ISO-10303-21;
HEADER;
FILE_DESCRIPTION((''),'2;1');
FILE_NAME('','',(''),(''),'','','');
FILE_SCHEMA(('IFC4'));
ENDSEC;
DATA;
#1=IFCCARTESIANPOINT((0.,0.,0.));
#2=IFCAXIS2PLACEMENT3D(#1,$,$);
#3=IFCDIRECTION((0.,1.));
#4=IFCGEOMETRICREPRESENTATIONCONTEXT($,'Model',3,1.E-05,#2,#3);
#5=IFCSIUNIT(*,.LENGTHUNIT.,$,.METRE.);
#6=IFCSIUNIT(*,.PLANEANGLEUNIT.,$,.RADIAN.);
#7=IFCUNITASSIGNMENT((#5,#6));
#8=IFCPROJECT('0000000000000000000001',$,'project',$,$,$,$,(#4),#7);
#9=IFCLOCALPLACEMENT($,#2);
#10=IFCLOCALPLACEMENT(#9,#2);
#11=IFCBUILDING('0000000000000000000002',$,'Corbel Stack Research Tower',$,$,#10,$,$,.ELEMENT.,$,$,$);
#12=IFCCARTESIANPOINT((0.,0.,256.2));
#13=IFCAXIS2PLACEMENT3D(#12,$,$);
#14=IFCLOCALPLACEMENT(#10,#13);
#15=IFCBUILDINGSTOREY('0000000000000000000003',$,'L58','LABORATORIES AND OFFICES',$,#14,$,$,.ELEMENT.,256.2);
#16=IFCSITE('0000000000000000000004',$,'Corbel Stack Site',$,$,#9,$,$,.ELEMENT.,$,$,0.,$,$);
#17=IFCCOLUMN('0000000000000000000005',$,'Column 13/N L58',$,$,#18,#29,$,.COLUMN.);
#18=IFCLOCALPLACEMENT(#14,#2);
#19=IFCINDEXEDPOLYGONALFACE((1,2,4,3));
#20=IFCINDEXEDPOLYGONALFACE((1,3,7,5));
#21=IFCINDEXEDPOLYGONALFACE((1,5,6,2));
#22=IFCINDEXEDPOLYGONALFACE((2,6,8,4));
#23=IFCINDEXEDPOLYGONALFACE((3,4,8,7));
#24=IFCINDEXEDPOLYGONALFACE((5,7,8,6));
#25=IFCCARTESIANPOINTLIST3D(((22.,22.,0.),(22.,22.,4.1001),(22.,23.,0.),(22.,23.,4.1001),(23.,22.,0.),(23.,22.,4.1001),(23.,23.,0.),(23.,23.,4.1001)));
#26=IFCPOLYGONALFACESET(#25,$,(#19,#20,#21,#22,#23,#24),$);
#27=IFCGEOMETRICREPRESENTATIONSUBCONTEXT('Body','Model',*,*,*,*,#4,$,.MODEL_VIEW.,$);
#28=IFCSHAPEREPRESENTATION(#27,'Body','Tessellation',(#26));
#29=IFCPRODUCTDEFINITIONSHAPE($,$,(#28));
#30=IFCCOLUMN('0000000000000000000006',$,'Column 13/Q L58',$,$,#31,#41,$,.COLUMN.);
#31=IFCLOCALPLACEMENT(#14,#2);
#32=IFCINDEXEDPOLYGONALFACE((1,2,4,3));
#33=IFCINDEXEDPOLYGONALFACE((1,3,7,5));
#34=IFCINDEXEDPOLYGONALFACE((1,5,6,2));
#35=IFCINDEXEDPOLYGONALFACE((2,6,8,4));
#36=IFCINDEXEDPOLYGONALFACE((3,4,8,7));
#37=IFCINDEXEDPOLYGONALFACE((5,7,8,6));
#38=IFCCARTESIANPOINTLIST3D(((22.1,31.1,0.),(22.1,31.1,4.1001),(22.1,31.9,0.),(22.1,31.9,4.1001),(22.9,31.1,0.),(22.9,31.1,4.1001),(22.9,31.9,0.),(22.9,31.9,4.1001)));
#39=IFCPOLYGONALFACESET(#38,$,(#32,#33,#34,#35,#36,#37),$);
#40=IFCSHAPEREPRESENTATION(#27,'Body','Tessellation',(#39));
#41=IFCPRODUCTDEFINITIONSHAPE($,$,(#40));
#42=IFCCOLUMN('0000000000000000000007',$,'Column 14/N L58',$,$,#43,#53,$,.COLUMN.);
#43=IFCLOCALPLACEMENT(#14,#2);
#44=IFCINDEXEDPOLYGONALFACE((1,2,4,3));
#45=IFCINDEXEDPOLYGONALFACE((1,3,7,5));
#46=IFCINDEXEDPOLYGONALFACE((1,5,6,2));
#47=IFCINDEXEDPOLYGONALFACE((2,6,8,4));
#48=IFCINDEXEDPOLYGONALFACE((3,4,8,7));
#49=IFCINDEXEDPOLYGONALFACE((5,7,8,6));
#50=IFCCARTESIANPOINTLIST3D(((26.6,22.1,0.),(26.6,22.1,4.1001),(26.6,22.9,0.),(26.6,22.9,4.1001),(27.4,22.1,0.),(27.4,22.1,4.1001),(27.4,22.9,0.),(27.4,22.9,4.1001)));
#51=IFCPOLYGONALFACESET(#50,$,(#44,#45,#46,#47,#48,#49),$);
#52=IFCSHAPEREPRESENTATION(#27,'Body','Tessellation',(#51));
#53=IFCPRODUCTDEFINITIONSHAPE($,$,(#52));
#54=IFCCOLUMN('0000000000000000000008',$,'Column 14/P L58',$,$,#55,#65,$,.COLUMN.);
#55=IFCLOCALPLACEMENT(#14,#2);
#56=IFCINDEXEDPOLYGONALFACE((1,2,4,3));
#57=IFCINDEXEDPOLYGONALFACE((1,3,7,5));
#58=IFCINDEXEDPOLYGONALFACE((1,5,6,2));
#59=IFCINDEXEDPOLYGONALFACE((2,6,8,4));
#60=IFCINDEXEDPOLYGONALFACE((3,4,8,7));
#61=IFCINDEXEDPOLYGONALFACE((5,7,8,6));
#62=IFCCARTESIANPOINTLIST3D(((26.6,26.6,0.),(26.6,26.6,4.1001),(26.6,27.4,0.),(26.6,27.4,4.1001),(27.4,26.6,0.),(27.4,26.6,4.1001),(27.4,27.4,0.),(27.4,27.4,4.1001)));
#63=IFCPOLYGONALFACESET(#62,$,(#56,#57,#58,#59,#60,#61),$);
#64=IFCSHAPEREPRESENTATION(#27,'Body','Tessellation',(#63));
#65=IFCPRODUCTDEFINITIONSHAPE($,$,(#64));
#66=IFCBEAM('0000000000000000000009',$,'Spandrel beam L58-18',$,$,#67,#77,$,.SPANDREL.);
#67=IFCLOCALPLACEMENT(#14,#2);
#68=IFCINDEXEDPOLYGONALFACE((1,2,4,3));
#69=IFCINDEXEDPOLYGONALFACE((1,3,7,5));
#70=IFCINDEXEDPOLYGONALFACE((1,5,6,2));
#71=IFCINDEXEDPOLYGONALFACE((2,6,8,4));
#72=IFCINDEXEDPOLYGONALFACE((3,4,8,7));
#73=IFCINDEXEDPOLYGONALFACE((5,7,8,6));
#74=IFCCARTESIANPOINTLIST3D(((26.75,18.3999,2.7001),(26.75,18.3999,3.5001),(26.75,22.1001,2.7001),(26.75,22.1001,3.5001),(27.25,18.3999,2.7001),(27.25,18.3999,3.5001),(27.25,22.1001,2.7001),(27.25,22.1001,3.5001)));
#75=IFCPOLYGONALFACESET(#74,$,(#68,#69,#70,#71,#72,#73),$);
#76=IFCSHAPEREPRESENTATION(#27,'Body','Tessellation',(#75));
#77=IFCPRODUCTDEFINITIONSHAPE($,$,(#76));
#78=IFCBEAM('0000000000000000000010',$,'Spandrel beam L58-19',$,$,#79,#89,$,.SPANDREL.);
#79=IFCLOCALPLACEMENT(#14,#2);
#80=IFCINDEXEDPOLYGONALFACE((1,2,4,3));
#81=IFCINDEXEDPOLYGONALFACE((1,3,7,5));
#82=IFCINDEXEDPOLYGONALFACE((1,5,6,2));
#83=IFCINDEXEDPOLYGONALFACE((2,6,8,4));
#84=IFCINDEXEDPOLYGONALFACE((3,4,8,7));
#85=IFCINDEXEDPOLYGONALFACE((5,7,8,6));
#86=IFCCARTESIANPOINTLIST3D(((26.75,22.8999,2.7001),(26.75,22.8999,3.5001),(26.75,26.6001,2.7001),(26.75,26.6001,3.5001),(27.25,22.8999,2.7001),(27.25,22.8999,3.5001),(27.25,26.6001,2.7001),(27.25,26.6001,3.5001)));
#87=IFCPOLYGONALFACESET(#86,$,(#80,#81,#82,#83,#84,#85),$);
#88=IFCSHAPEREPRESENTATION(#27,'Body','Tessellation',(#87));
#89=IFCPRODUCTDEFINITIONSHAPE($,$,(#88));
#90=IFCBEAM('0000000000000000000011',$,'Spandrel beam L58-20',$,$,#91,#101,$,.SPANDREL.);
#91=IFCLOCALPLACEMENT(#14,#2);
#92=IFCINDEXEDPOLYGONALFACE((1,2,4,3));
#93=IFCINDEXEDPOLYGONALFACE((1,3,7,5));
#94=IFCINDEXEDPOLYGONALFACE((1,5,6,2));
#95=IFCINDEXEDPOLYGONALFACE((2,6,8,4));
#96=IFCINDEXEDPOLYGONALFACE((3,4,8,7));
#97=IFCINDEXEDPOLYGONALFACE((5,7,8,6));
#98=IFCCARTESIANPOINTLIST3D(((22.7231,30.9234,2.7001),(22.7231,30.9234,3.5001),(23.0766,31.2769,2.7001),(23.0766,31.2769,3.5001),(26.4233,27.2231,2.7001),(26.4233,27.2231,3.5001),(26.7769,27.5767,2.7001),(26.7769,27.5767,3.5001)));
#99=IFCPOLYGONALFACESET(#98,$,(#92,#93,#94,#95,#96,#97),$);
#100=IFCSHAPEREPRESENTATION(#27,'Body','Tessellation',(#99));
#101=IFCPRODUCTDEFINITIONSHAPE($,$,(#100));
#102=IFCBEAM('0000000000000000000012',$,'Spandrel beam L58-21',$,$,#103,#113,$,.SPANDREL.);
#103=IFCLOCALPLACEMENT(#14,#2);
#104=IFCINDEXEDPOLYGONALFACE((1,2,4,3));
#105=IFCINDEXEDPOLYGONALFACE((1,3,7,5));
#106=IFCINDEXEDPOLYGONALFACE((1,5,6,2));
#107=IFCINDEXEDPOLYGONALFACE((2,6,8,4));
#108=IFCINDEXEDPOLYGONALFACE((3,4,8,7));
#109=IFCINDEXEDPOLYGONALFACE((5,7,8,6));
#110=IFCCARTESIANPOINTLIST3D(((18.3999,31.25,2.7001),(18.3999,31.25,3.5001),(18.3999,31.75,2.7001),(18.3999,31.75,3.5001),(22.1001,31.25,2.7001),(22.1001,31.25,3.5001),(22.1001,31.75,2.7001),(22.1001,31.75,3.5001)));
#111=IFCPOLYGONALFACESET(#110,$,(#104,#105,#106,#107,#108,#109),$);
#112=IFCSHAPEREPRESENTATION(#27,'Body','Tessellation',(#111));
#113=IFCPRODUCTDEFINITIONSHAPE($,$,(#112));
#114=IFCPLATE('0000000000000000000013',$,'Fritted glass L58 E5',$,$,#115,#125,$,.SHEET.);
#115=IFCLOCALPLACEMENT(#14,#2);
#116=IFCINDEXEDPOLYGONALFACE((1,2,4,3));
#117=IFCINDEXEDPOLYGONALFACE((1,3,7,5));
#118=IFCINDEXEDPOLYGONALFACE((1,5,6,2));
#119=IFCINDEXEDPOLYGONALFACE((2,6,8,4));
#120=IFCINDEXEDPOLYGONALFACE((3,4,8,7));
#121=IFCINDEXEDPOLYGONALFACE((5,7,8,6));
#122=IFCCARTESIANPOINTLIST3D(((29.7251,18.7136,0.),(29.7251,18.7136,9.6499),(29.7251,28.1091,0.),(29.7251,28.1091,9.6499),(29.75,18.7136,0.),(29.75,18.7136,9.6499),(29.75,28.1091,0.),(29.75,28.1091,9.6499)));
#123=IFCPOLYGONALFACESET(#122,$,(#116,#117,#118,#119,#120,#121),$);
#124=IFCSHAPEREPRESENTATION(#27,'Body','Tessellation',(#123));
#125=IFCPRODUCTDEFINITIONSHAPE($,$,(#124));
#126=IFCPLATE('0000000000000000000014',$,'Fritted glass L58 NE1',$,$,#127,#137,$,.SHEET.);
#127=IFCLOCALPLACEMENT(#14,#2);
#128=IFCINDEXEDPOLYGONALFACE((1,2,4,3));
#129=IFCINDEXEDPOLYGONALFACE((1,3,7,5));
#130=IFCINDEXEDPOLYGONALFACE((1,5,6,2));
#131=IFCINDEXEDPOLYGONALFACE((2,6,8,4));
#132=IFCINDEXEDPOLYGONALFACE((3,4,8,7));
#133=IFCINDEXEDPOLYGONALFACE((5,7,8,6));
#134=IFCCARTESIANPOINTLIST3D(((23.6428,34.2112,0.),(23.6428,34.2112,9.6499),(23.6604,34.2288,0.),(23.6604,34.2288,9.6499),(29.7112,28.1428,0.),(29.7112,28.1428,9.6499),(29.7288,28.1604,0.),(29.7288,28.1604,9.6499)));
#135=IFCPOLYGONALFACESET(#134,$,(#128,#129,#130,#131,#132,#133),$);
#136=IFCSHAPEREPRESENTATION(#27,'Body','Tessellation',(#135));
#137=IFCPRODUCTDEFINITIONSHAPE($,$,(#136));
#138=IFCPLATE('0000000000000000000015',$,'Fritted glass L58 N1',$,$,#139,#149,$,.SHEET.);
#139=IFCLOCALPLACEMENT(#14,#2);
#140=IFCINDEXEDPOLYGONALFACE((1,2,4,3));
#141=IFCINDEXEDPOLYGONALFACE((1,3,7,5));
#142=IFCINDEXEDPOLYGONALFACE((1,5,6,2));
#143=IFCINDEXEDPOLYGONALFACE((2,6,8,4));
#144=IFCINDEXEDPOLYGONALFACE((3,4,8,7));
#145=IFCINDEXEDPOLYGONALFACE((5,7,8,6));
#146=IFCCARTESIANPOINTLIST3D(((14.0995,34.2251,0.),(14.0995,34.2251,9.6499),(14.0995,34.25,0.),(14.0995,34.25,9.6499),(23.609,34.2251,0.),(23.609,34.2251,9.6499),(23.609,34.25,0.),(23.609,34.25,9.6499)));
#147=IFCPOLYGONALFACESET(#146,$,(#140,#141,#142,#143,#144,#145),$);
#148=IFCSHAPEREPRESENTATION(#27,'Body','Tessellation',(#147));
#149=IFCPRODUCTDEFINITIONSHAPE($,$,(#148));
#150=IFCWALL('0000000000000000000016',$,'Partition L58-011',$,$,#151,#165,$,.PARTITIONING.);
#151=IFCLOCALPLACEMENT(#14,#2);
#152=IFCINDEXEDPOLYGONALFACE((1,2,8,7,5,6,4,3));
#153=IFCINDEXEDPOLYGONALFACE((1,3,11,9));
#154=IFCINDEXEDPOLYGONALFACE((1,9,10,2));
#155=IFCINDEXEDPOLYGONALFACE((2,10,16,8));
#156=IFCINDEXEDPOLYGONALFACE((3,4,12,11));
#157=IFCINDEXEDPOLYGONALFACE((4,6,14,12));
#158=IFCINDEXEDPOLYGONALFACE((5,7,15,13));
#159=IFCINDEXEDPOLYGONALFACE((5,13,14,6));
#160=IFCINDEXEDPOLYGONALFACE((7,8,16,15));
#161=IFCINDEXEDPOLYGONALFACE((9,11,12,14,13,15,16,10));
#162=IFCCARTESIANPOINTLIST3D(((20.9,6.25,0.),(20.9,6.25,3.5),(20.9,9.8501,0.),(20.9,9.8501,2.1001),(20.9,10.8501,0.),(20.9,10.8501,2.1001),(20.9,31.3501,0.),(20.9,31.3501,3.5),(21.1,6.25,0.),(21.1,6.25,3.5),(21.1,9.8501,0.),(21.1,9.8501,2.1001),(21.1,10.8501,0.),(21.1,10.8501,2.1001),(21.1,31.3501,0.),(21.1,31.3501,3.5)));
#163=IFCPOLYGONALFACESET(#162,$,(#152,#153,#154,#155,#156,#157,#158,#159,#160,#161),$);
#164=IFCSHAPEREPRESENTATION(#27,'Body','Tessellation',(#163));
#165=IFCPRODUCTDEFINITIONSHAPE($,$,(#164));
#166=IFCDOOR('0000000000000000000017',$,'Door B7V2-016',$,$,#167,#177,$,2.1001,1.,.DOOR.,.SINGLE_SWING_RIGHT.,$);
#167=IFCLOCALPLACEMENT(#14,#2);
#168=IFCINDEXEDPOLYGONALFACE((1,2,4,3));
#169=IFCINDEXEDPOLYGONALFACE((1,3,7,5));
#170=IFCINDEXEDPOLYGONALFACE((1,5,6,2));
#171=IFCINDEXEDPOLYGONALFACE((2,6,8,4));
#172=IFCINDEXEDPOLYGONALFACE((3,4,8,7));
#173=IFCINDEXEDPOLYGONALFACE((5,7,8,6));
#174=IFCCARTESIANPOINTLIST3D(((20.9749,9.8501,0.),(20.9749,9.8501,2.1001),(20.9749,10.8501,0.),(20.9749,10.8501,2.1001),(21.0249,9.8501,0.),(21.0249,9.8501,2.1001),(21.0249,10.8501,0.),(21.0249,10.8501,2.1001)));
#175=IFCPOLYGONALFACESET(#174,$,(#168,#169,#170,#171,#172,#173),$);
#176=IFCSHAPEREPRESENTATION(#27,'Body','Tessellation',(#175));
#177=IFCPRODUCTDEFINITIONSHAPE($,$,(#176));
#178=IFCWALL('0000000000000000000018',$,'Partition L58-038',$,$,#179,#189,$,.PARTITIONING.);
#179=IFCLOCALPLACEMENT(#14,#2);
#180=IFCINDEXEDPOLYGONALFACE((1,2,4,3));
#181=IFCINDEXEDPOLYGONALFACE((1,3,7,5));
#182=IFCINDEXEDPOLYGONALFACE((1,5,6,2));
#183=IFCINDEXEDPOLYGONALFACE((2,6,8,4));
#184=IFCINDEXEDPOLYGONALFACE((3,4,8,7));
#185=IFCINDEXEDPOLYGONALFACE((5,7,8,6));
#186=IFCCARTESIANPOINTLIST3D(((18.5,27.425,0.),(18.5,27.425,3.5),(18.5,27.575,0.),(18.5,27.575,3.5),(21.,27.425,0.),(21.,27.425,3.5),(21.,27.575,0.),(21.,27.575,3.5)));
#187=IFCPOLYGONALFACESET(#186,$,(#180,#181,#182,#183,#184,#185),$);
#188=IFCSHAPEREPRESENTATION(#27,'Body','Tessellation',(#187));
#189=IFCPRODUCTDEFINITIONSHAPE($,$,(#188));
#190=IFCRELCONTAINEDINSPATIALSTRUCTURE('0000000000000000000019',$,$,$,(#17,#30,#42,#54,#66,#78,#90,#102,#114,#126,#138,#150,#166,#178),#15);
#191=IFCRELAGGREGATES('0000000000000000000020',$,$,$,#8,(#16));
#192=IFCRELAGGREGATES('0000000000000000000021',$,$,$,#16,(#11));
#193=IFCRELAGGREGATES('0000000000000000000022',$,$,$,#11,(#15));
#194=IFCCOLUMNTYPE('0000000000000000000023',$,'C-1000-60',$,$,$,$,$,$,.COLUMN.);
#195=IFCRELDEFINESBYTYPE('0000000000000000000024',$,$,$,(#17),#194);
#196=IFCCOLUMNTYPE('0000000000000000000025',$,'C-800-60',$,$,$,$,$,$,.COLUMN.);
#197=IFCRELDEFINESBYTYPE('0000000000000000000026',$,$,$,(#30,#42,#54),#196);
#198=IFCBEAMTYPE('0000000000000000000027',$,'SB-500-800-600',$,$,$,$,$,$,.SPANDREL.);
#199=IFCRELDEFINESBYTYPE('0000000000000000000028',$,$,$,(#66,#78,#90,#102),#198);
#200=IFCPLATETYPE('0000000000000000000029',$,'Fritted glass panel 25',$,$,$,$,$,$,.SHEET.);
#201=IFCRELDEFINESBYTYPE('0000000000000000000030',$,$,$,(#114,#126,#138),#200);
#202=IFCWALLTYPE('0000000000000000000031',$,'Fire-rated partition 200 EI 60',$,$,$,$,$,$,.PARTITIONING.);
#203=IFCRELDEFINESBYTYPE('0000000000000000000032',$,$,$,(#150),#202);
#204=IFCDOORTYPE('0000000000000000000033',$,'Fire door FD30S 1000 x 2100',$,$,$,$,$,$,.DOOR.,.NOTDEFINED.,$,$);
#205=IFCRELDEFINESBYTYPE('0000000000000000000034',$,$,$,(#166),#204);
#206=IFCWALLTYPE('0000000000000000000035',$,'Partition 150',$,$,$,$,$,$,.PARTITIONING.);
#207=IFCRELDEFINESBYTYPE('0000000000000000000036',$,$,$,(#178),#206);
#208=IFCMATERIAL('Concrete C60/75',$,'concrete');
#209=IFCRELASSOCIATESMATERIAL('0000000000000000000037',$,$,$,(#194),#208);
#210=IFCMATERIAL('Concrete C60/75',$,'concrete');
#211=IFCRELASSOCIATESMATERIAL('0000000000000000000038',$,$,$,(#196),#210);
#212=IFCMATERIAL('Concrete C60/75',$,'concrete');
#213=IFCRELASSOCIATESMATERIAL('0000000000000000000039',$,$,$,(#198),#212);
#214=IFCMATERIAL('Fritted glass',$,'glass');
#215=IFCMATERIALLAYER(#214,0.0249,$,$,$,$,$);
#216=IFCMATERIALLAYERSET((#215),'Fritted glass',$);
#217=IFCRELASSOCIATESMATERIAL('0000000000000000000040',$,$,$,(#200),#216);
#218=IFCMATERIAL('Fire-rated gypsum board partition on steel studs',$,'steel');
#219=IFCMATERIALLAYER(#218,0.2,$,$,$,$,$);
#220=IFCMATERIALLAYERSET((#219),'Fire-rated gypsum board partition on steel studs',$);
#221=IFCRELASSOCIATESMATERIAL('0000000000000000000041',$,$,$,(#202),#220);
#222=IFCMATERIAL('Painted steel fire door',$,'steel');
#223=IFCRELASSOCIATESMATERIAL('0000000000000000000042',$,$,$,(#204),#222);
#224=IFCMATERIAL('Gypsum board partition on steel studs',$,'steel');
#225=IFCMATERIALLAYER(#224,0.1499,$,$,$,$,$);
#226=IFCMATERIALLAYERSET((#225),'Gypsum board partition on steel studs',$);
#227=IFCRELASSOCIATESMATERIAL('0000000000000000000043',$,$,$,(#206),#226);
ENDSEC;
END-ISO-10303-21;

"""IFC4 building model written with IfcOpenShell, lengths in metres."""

from ifc_helpers import new_model, si_unit, direction, frame, frame_2d, origin, origin_2d, place, context, subcontext, project, spatial, rectangle, extrude, material, layer, layer_set, material_profile, profile_set, type_object, element, fill, save


model = new_model("IFC4")

# Units and contexts
model_context = context("Model", 3, precision=1e-05, world=origin(), true_north=direction((0.0, 1.0)))
body_context = subcontext(model_context, "Body", "Model", "MODEL_VIEW")
ifc_project = project(units=[si_unit("LENGTHUNIT", "METRE"), si_unit("PLANEANGLEUNIT", "RADIAN")], contexts=[model_context])

# Site, building, storey
site_placement = place(None, origin())
site = spatial("IfcSite", under=ifc_project, at=site_placement, Name="Corbel Stack Site", CompositionType="ELEMENT", RefElevation=0.0)
building_placement = place(site_placement, origin())
building = spatial("IfcBuilding", under=site, at=building_placement, Name="Corbel Stack Research Tower", CompositionType="ELEMENT")
storey_placement = place(building_placement, frame((0.0, 0.0, 256.2)))
storey = spatial("IfcBuildingStorey", under=building, at=storey_placement, Name="L58", Description="LABORATORIES AND OFFICES", CompositionType="ELEMENT", Elevation=256.2)

# Columns
ifc_material_1 = material(Name="Concrete C60/75", Category="concrete")
ifc_material_profile_1 = material_profile(ifc_material_1, rectangle(XDim=1.0, YDim=1.0, at=origin_2d()), Name="RC 1000 x 1000")
ifc_profile_set_1 = profile_set([ifc_material_profile_1], Name="Concrete C60/75")
column_type_1 = type_object("IfcColumnType", Name="C-1000-60", PredefinedType="COLUMN", material=ifc_profile_set_1)
column_placement = place(storey_placement, frame((22.5, 22.5, 0.0), z_axis=(0.0, 0.0, 1.0), x_axis=(1.0, 0.0, 0.0)))
element("IfcColumn", 1, at=column_placement, inside=storey, type_object=column_type_1, Name="Column 13/N L58", PredefinedType="COLUMN", context=body_context, shape_type="SweptSolid", body=[
    extrude(rectangle(XDim=1.0, YDim=1.0, at=origin_2d()), origin(), (0.0, 0.0, 1.0), 4.1001),
])
ifc_material_2 = material(Name="Concrete C60/75", Category="concrete")
ifc_material_profile_2 = material_profile(ifc_material_2, rectangle(XDim=0.8, YDim=0.8, at=origin_2d()), Name="RC 800 x 800")
ifc_profile_set_2 = profile_set([ifc_material_profile_2], Name="Concrete C60/75")
column_type_2 = type_object("IfcColumnType", Name="C-800-60", PredefinedType="COLUMN", material=ifc_profile_set_2)
for number, where, z_axis, x_axis, name in (
    (2, (22.5, 31.5, 0.0), (0.0, 0.0, 1.0), (1.0, 0.0, 0.0), "Column 13/Q L58"),
    (3, (27.0, 22.5, 0.0), (0.0, 0.0, 1.0), (1.0, 0.0, 0.0), "Column 14/N L58"),
    (4, (27.0, 27.0, 0.0), (0.0, 0.0, 1.0), (1.0, 0.0, 0.0), "Column 14/P L58"),
):
    element("IfcColumn", number, at=place(storey_placement, frame(where, z_axis=z_axis, x_axis=x_axis)), inside=storey, type_object=column_type_2, Name=name, PredefinedType="COLUMN", context=body_context, shape_type="SweptSolid", body=[
        extrude(rectangle(XDim=0.8, YDim=0.8, at=origin_2d()), origin(), (0.0, 0.0, 1.0), 4.1001),
    ])

# Beams
ifc_material_3 = material(Name="Concrete C60/75", Category="concrete")
ifc_material_profile_3 = material_profile(ifc_material_3, rectangle(XDim=0.5, YDim=0.8, at=origin_2d()), Name="RC 500 x 800")
ifc_profile_set_3 = profile_set([ifc_material_profile_3], Name="Concrete C60/75")
beam_type = type_object("IfcBeamType", Name="SB-500-800-600", PredefinedType="SPANDREL", material=ifc_profile_set_3)
for number, where, z_axis, x_axis, name in (
    (5, (27.0, 18.3999, 3.1001), (0.0, 1.0, 0.0), (-1.0, 0.0, 0.0), "Spandrel beam L58-18"),
    (6, (27.0, 22.8999, 3.1001), (0.0, 1.0, 0.0), (-1.0, 0.0, 0.0), "Spandrel beam L58-19"),
):
    element("IfcBeam", number, at=place(storey_placement, frame(where, z_axis=z_axis, x_axis=x_axis)), inside=storey, type_object=beam_type, Name=name, PredefinedType="SPANDREL", context=body_context, shape_type="SweptSolid", body=[
        extrude(rectangle(XDim=0.5, YDim=0.8, at=origin_2d()), origin(), (0.0, 0.0, 1.0), 3.7002),
    ])
beam_1_placement = place(storey_placement, frame((26.6001, 27.3999, 3.1001), z_axis=(-0.707107, 0.707107, 0.0), x_axis=(-0.707107, -0.707107, 0.0)))
element("IfcBeam", 7, at=beam_1_placement, inside=storey, type_object=beam_type, Name="Spandrel beam L58-20", PredefinedType="SPANDREL", context=body_context, shape_type="SweptSolid", body=[
    extrude(rectangle(XDim=0.5, YDim=0.8, at=origin_2d()), origin(), (0.0, 0.0, 1.0), 5.2329),
])
beam_2_placement = place(storey_placement, frame((22.1001, 31.5, 3.1001), z_axis=(-1.0, 0.0, 0.0), x_axis=(0.0, -1.0, 0.0)))
element("IfcBeam", 8, at=beam_2_placement, inside=storey, type_object=beam_type, Name="Spandrel beam L58-21", PredefinedType="SPANDREL", context=body_context, shape_type="SweptSolid", body=[
    extrude(rectangle(XDim=0.5, YDim=0.8, at=origin_2d()), origin(), (0.0, 0.0, 1.0), 3.7002),
])

# Plates
ifc_material_4 = material(Name="Fritted glass", Category="glass")
ifc_layer_1 = layer(ifc_material_4, 0.0249)
ifc_layer_set_1 = layer_set([ifc_layer_1], Name="Fritted glass")
plate_type = type_object("IfcPlateType", Name="Fritted glass panel 25", PredefinedType="SHEET", material=ifc_layer_set_1)
plate_1_placement = place(storey_placement, frame((29.7375, 23.4114, 0.0), z_axis=(0.0, 0.0, 1.0), x_axis=(0.0, 1.0, 0.0)))
element("IfcPlate", 9, at=plate_1_placement, inside=storey, type_object=plate_type, Name="Fritted glass L58 E5", PredefinedType="SHEET", context=body_context, shape_type="SweptSolid", body=[
    extrude(rectangle(XDim=9.3955, YDim=0.0249, at=origin_2d()), origin(), (0.0, 0.0, 1.0), 9.6499),
])
plate_2_placement = place(storey_placement, frame((26.6858, 31.1858, 0.0), z_axis=(0.0, 0.0, 1.0), x_axis=(-0.707107, 0.707107, 0.0)))
element("IfcPlate", 10, at=plate_2_placement, inside=storey, type_object=plate_type, Name="Fritted glass L58 NE1", PredefinedType="SHEET", context=body_context, shape_type="SweptSolid", body=[
    extrude(rectangle(XDim=8.582, YDim=0.0249, at=origin_2d()), origin(), (0.0, 0.0, 1.0), 9.6499),
])
plate_3_placement = place(storey_placement, frame((18.8542, 34.2375, 0.0), z_axis=(0.0, 0.0, 1.0), x_axis=(-1.0, 0.0, 0.0)))
element("IfcPlate", 11, at=plate_3_placement, inside=storey, type_object=plate_type, Name="Fritted glass L58 N1", PredefinedType="SHEET", context=body_context, shape_type="SweptSolid", body=[
    extrude(rectangle(XDim=9.5095, YDim=0.0249, at=origin_2d()), origin(), (0.0, 0.0, 1.0), 9.6499),
])

# Wall, opening, door
ifc_material_5 = material(Name="Fire-rated gypsum board partition on steel studs", Category="steel")
ifc_layer_2 = layer(ifc_material_5, 0.2)
ifc_layer_set_2 = layer_set([ifc_layer_2], Name="Fire-rated gypsum board partition on steel studs")
wall_type_1 = type_object("IfcWallType", Name="Fire-rated partition 200 EI 60", PredefinedType="PARTITIONING", material=ifc_layer_set_2)
wall_1_placement = place(storey_placement, frame((21.0, 31.3501, 0.0), z_axis=(0.0, 0.0, 1.0), x_axis=(0.0, -1.0, 0.0)))
wall_1 = element("IfcWall", 12, at=wall_1_placement, inside=storey, type_object=wall_type_1, Name="Partition L58-011", PredefinedType="PARTITIONING", context=body_context, shape_type="SweptSolid", body=[
    extrude(rectangle(XDim=25.1001, YDim=0.2, at=frame_2d((12.55, 0.0))), origin(), (0.0, 0.0, 1.0), 3.5),
])
opening_1_placement = place(wall_1_placement, frame((20.5, 0.0, 0.0)))
opening_1 = element("IfcOpeningElement", 13, at=opening_1_placement, cuts=wall_1, PredefinedType="OPENING", context=body_context, shape_type="SweptSolid", body=[
    extrude(rectangle(XDim=1.0, YDim=2.1001, at=frame_2d((0.5, 1.05))), frame((0.0, 0.1099, 0.0), z_axis=(0.0, -1.0, 0.0), x_axis=(1.0, 0.0, 0.0)), (0.0, 0.0, 1.0), 0.22),
])
ifc_material_6 = material(Name="Painted steel fire door", Category="steel")
door_type_1 = type_object("IfcDoorType", Name="Fire door FD30S 1000 x 2100", OperationType="NOTDEFINED", PredefinedType="DOOR", material=ifc_material_6)
door_1_placement = place(opening_1_placement, origin())
door_1 = element("IfcDoor", 14, at=door_1_placement, inside=storey, type_object=door_type_1, Name="Door B7V2-016", OperationType="SINGLE_SWING_RIGHT", OverallHeight=2.1001, OverallWidth=1.0, PredefinedType="DOOR", context=body_context, shape_type="SweptSolid", body=[
    extrude(rectangle(XDim=1.0, YDim=2.1001, at=frame_2d((0.5, 1.05))), frame((0.0, 0.0249, 0.0), z_axis=(0.0, -1.0, 0.0), x_axis=(1.0, 0.0, 0.0)), (0.0, 0.0, 1.0), 0.05),
])
fill(opening_1, door_1)

# Wall
ifc_material_7 = material(Name="Gypsum board partition on steel studs", Category="steel")
ifc_layer_3 = layer(ifc_material_7, 0.1499)
ifc_layer_set_3 = layer_set([ifc_layer_3], Name="Gypsum board partition on steel studs")
wall_type_2 = type_object("IfcWallType", Name="Partition 150", PredefinedType="PARTITIONING", material=ifc_layer_set_3)
wall_2_placement = place(storey_placement, frame((18.5, 27.5, 0.0), z_axis=(0.0, 0.0, 1.0), x_axis=(1.0, 0.0, 0.0)))
element("IfcWall", 15, at=wall_2_placement, inside=storey, type_object=wall_type_2, Name="Partition L58-038", PredefinedType="PARTITIONING", context=body_context, shape_type="SweptSolid", body=[
    extrude(rectangle(XDim=2.5, YDim=0.1499, at=frame_2d((1.25, 0.0))), origin(), (0.0, 0.0, 1.0), 3.5),
])

save(model, "model.ifc")
